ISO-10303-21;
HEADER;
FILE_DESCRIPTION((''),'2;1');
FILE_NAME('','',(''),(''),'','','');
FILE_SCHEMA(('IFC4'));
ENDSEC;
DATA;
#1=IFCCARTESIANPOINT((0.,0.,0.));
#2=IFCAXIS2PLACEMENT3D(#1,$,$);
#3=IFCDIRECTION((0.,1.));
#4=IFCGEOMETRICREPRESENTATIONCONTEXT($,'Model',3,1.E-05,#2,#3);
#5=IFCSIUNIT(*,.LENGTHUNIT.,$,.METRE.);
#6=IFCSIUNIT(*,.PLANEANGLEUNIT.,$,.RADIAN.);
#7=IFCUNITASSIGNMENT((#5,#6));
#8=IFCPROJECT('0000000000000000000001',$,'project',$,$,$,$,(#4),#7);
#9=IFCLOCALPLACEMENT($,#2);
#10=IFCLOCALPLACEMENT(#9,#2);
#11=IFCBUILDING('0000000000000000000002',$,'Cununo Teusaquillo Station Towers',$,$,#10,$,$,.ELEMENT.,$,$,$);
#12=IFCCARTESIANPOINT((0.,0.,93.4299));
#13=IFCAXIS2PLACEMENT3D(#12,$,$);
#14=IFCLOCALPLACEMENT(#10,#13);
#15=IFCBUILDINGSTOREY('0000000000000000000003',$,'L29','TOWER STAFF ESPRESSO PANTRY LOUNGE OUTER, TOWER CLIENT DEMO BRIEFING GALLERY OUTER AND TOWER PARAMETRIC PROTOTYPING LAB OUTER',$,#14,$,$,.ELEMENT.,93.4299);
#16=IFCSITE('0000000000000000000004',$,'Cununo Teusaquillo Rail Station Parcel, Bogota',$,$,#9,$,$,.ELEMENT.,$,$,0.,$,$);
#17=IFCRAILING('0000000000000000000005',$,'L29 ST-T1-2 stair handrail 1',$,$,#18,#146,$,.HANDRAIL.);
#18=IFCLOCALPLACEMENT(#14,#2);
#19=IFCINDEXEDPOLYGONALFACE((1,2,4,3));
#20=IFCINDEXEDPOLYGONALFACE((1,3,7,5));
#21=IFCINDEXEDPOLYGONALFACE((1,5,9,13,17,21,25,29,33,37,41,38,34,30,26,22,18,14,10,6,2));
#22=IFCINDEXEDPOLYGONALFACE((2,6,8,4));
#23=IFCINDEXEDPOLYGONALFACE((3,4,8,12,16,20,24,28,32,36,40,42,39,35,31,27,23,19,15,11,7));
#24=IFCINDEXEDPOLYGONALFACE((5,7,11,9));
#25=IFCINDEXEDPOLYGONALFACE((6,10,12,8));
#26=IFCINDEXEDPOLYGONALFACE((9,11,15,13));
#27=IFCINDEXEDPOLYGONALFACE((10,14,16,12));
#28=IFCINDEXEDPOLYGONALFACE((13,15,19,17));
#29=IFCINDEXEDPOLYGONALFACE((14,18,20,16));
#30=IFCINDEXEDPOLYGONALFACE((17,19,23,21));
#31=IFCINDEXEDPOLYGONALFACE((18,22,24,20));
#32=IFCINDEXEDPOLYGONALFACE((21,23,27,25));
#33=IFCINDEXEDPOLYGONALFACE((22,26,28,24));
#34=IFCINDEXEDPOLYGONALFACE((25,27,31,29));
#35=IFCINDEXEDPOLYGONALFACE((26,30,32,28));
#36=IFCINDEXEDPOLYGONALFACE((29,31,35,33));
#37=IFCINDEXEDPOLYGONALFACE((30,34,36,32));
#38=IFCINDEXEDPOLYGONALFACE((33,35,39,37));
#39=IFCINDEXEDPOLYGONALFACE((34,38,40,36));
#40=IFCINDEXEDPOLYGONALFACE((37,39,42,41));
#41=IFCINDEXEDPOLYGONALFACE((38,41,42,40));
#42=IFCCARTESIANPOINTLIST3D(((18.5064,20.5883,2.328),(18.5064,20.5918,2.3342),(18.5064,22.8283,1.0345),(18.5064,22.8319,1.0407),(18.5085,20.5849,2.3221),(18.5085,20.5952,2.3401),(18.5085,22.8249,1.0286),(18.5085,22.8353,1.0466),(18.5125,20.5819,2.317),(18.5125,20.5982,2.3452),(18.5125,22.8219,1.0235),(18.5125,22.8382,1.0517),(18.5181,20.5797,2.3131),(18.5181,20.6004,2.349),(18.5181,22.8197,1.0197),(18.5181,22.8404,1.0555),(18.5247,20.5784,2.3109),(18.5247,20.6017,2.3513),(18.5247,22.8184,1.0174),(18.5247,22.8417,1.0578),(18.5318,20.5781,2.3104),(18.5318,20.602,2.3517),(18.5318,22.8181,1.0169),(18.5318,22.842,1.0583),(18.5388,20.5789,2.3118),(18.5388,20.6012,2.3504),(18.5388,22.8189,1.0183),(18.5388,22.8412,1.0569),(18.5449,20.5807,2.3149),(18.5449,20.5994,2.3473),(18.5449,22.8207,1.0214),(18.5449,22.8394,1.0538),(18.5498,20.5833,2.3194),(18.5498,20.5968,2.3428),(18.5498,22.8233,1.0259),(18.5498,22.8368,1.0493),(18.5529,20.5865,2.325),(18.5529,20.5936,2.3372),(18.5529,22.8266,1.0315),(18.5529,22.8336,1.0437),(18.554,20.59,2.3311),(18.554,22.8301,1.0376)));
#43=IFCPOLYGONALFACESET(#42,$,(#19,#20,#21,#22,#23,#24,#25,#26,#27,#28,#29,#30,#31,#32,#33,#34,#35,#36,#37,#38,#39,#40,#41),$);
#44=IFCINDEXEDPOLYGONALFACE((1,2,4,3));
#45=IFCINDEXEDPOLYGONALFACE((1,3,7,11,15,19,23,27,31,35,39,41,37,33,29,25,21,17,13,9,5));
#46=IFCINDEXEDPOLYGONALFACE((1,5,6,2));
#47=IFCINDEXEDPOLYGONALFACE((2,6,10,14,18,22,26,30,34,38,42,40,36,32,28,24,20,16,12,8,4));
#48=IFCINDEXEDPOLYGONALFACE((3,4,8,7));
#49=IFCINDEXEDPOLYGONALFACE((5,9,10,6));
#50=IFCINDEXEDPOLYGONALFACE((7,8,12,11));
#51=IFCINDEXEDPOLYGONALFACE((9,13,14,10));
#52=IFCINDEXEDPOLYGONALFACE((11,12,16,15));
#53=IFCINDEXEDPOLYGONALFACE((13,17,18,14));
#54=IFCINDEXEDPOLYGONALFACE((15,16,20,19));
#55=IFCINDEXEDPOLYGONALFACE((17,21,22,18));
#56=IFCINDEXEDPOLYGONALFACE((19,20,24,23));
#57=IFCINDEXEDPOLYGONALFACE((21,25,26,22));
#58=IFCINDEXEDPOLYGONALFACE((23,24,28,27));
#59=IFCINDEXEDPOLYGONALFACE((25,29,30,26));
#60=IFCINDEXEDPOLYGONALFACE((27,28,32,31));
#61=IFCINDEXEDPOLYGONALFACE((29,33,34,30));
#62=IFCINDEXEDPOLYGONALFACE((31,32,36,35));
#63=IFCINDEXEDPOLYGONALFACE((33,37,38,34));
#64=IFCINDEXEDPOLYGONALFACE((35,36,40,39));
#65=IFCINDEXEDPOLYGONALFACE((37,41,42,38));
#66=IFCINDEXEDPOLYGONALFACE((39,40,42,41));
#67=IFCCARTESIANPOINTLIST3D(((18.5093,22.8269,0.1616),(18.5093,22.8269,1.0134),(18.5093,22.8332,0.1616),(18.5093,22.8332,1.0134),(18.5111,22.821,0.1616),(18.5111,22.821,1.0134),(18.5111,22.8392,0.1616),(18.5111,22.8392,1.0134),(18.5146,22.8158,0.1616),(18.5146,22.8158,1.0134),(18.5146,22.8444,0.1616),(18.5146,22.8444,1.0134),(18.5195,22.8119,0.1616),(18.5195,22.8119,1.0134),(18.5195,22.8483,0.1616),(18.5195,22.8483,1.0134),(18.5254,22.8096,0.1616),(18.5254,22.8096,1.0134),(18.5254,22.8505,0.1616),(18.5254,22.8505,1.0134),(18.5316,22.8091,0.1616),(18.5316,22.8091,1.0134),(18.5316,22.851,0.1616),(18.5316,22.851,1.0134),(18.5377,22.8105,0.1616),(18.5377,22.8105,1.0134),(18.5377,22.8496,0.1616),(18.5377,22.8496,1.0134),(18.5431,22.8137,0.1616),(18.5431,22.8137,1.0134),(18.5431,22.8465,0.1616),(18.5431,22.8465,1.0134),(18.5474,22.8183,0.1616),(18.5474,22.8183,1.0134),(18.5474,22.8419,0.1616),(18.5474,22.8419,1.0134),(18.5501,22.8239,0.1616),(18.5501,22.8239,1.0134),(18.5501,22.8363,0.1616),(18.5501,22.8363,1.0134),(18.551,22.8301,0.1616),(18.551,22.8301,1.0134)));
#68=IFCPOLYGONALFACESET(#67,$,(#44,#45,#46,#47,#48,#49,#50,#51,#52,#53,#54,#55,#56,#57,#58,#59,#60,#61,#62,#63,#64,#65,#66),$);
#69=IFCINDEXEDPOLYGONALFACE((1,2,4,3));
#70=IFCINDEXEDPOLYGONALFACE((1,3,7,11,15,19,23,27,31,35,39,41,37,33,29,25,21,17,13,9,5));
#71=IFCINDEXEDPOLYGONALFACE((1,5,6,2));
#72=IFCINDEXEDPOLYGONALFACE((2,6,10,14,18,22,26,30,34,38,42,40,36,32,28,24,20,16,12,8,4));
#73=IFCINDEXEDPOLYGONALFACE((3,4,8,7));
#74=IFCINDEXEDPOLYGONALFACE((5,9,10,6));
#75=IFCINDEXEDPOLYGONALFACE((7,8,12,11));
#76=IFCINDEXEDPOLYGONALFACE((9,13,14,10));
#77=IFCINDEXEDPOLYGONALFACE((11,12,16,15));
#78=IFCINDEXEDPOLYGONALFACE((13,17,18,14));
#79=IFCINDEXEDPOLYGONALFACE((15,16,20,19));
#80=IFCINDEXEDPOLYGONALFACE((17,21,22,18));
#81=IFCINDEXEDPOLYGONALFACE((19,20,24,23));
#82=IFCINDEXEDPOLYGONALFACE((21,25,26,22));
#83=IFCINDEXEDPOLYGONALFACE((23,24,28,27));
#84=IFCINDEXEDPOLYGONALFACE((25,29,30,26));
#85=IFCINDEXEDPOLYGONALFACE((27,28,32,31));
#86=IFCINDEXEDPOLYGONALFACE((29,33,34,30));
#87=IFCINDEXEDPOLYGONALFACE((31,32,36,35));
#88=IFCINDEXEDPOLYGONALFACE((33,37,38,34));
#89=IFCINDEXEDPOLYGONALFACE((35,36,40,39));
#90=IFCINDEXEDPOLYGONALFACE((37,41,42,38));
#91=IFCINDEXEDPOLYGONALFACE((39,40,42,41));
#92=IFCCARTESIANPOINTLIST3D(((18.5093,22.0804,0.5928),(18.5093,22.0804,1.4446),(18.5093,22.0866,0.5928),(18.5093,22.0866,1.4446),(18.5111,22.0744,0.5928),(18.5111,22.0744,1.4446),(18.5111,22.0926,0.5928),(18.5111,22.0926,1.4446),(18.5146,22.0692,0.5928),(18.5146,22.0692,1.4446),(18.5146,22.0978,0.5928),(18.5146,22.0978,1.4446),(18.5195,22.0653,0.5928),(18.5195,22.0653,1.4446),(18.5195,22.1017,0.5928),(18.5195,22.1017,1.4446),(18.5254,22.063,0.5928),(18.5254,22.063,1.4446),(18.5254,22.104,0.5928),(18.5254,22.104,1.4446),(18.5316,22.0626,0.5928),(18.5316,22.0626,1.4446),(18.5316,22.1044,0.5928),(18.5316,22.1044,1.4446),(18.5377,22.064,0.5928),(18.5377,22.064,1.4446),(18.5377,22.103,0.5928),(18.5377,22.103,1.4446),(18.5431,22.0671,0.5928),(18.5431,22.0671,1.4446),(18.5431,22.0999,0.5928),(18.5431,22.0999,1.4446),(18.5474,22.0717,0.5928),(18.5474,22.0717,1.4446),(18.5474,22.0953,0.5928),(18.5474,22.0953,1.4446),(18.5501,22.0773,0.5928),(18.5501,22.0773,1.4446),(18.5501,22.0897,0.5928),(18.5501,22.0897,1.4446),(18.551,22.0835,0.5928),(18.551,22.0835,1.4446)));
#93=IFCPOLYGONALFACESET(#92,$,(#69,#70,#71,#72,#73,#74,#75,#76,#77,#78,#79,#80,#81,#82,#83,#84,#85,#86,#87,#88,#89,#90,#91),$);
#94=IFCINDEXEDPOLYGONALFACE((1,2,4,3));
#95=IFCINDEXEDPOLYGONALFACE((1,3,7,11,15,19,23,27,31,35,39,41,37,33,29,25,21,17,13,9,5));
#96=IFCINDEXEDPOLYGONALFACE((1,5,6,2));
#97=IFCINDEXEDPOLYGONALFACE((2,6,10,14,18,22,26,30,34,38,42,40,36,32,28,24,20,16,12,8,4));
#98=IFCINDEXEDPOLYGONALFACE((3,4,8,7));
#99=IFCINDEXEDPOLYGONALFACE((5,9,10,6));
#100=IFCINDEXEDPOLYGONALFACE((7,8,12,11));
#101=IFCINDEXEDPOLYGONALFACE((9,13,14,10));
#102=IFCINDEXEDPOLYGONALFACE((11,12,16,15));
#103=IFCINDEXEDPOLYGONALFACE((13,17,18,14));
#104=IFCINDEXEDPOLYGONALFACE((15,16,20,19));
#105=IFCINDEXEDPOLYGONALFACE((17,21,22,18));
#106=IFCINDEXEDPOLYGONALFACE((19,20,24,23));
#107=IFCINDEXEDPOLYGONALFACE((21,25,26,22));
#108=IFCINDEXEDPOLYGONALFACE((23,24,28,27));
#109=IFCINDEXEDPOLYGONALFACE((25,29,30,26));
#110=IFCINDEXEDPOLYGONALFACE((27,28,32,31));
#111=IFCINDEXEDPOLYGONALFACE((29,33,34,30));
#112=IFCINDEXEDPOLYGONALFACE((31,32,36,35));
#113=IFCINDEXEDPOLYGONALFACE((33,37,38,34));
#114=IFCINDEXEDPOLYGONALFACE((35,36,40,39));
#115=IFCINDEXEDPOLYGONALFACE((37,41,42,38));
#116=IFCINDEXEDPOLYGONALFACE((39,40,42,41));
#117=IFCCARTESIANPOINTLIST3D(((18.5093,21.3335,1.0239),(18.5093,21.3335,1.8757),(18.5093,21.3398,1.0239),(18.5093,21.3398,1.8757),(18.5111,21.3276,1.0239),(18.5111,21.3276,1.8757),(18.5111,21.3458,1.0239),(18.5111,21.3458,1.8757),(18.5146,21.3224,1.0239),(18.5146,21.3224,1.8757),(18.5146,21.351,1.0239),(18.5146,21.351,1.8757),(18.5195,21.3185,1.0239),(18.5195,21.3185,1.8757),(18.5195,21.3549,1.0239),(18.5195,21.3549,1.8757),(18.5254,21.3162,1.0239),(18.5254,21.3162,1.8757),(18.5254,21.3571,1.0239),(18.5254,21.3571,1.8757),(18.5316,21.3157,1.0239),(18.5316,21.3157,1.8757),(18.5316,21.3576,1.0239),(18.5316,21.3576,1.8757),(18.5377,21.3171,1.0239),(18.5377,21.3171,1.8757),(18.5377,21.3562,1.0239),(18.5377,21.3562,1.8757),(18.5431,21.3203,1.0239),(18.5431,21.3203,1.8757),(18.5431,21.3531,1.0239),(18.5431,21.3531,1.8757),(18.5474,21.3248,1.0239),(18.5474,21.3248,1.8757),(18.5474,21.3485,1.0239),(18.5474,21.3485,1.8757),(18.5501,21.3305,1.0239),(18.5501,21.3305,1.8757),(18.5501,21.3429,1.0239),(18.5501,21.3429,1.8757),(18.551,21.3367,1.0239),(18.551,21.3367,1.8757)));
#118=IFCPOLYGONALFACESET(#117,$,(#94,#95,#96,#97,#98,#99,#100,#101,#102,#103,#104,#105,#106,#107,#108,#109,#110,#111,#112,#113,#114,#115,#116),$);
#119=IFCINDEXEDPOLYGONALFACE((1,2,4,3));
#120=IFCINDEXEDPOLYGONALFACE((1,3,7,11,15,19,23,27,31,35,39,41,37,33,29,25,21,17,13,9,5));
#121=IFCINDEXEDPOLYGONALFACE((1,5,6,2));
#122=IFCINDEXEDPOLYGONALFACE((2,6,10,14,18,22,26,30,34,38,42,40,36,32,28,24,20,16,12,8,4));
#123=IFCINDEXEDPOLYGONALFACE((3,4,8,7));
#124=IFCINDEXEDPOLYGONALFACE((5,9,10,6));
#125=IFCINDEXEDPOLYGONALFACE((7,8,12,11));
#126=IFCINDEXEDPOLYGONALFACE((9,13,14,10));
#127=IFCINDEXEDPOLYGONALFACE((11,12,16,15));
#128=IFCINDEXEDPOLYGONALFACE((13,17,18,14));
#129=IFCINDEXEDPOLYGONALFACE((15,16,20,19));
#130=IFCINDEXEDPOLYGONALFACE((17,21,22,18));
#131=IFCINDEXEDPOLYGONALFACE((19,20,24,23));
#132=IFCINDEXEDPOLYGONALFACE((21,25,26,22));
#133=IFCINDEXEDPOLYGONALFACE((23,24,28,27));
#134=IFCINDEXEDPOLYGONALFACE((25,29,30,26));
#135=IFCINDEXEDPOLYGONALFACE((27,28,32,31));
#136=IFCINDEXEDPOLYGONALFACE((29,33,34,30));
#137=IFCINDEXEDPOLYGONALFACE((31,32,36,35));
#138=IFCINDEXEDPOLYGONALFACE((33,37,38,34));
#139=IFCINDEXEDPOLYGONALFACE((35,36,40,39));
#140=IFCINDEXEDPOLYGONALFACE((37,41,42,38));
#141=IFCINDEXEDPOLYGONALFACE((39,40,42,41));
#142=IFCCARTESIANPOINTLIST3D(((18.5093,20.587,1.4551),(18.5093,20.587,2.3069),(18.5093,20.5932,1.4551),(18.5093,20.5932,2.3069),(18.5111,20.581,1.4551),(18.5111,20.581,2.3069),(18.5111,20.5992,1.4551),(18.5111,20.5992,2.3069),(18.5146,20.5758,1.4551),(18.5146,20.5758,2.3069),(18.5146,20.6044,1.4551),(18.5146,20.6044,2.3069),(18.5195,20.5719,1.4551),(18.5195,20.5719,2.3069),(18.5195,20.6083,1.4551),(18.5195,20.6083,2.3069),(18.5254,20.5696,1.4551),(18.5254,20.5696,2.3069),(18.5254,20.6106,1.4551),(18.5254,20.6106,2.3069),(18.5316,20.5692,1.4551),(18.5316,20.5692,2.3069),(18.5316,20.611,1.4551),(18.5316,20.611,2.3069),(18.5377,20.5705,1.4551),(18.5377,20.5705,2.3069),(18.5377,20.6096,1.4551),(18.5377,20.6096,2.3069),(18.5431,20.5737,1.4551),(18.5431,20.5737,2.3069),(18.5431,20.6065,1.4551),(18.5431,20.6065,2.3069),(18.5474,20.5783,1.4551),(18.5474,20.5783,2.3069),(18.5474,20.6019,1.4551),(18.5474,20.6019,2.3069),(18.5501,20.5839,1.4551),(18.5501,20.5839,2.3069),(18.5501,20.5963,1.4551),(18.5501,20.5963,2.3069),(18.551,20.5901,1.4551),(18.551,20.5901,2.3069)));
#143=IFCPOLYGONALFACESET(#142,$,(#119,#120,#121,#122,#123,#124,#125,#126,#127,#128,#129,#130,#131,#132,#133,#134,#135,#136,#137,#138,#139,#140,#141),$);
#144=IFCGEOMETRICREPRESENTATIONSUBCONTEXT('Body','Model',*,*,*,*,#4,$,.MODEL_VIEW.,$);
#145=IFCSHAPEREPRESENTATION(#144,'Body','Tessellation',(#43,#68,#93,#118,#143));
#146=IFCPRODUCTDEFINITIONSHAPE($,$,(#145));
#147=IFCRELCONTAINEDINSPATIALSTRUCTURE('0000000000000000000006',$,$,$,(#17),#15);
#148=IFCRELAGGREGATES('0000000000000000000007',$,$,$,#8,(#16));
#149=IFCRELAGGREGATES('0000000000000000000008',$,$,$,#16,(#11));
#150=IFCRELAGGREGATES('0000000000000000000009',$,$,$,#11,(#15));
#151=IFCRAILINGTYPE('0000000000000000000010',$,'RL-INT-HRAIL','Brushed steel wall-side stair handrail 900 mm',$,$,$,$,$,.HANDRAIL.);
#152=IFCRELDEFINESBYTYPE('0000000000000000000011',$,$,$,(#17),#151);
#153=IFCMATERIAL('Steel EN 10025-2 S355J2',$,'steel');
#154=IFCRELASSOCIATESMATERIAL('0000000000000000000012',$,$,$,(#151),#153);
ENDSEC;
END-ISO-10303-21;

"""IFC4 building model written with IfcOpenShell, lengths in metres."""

from ifc_helpers import new_model, si_unit, direction, frame, origin, origin_2d, place, context, subcontext, project, spatial, circle, extrude, material, type_object, element, save


model = new_model("IFC4")

# Units and contexts
model_context = context("Model", 3, precision=1e-05, world=origin(), true_north=direction((0.0, 1.0)))
body_context = subcontext(model_context, "Body", "Model", "MODEL_VIEW")
ifc_project = project(units=[si_unit("LENGTHUNIT", "METRE"), si_unit("PLANEANGLEUNIT", "RADIAN")], contexts=[model_context])

# Site, building, storey
site_placement = place(None, origin())
site = spatial("IfcSite", under=ifc_project, at=site_placement, Name="Cununo Teusaquillo Rail Station Parcel, Bogota", CompositionType="ELEMENT", RefElevation=0.0)
building_placement = place(site_placement, origin())
building = spatial("IfcBuilding", under=site, at=building_placement, Name="Cununo Teusaquillo Station Towers", CompositionType="ELEMENT")
storey_placement = place(building_placement, frame((0.0, 0.0, 93.4299)))
storey = spatial("IfcBuildingStorey", under=building, at=storey_placement, Name="L29", Description="TOWER STAFF ESPRESSO PANTRY LOUNGE OUTER, TOWER CLIENT DEMO BRIEFING GALLERY OUTER AND TOWER PARAMETRIC PROTOTYPING LAB OUTER", CompositionType="ELEMENT", Elevation=93.4299)

# Railing
ifc_material_1 = material(Name="Steel EN 10025-2 S355J2", Category="steel")
railing_type_1 = type_object("IfcRailingType", Name="RL-INT-HRAIL", Description="Brushed steel wall-side stair handrail 900 mm", PredefinedType="HANDRAIL", material=ifc_material_1)
railing_1_placement = place(storey_placement, frame((18.53, 22.8301, 0.1616)))
element("IfcRailing", 1, at=railing_1_placement, inside=storey, type_object=railing_type_1, Name="L29 ST-T1-2 stair handrail 1", PredefinedType="HANDRAIL", context=body_context, shape_type="SweptSolid", body=[
    extrude(circle(Radius=0.0239, at=origin_2d()), frame((0.0, 0.0, 0.876), z_axis=(0.0, -0.865992, 0.500057), x_axis=(1.0, 0.0, 0.0)), (0.0, 0.0, 1.0), 2.5867),
    extrude(circle(Radius=0.021, at=origin_2d()), origin(), (0.0, 0.0, 1.0), 0.8518),
    extrude(circle(Radius=0.021, at=origin_2d()), frame((0.0, -0.7466, 0.4312)), (0.0, 0.0, 1.0), 0.8518),
    extrude(circle(Radius=0.021, at=origin_2d()), frame((0.0, -1.4934, 0.8623)), (0.0, 0.0, 1.0), 0.8518),
    extrude(circle(Radius=0.021, at=origin_2d()), frame((0.0, -2.24, 1.2935)), (0.0, 0.0, 1.0), 0.8518),
])

save(model, "model.ifc")
